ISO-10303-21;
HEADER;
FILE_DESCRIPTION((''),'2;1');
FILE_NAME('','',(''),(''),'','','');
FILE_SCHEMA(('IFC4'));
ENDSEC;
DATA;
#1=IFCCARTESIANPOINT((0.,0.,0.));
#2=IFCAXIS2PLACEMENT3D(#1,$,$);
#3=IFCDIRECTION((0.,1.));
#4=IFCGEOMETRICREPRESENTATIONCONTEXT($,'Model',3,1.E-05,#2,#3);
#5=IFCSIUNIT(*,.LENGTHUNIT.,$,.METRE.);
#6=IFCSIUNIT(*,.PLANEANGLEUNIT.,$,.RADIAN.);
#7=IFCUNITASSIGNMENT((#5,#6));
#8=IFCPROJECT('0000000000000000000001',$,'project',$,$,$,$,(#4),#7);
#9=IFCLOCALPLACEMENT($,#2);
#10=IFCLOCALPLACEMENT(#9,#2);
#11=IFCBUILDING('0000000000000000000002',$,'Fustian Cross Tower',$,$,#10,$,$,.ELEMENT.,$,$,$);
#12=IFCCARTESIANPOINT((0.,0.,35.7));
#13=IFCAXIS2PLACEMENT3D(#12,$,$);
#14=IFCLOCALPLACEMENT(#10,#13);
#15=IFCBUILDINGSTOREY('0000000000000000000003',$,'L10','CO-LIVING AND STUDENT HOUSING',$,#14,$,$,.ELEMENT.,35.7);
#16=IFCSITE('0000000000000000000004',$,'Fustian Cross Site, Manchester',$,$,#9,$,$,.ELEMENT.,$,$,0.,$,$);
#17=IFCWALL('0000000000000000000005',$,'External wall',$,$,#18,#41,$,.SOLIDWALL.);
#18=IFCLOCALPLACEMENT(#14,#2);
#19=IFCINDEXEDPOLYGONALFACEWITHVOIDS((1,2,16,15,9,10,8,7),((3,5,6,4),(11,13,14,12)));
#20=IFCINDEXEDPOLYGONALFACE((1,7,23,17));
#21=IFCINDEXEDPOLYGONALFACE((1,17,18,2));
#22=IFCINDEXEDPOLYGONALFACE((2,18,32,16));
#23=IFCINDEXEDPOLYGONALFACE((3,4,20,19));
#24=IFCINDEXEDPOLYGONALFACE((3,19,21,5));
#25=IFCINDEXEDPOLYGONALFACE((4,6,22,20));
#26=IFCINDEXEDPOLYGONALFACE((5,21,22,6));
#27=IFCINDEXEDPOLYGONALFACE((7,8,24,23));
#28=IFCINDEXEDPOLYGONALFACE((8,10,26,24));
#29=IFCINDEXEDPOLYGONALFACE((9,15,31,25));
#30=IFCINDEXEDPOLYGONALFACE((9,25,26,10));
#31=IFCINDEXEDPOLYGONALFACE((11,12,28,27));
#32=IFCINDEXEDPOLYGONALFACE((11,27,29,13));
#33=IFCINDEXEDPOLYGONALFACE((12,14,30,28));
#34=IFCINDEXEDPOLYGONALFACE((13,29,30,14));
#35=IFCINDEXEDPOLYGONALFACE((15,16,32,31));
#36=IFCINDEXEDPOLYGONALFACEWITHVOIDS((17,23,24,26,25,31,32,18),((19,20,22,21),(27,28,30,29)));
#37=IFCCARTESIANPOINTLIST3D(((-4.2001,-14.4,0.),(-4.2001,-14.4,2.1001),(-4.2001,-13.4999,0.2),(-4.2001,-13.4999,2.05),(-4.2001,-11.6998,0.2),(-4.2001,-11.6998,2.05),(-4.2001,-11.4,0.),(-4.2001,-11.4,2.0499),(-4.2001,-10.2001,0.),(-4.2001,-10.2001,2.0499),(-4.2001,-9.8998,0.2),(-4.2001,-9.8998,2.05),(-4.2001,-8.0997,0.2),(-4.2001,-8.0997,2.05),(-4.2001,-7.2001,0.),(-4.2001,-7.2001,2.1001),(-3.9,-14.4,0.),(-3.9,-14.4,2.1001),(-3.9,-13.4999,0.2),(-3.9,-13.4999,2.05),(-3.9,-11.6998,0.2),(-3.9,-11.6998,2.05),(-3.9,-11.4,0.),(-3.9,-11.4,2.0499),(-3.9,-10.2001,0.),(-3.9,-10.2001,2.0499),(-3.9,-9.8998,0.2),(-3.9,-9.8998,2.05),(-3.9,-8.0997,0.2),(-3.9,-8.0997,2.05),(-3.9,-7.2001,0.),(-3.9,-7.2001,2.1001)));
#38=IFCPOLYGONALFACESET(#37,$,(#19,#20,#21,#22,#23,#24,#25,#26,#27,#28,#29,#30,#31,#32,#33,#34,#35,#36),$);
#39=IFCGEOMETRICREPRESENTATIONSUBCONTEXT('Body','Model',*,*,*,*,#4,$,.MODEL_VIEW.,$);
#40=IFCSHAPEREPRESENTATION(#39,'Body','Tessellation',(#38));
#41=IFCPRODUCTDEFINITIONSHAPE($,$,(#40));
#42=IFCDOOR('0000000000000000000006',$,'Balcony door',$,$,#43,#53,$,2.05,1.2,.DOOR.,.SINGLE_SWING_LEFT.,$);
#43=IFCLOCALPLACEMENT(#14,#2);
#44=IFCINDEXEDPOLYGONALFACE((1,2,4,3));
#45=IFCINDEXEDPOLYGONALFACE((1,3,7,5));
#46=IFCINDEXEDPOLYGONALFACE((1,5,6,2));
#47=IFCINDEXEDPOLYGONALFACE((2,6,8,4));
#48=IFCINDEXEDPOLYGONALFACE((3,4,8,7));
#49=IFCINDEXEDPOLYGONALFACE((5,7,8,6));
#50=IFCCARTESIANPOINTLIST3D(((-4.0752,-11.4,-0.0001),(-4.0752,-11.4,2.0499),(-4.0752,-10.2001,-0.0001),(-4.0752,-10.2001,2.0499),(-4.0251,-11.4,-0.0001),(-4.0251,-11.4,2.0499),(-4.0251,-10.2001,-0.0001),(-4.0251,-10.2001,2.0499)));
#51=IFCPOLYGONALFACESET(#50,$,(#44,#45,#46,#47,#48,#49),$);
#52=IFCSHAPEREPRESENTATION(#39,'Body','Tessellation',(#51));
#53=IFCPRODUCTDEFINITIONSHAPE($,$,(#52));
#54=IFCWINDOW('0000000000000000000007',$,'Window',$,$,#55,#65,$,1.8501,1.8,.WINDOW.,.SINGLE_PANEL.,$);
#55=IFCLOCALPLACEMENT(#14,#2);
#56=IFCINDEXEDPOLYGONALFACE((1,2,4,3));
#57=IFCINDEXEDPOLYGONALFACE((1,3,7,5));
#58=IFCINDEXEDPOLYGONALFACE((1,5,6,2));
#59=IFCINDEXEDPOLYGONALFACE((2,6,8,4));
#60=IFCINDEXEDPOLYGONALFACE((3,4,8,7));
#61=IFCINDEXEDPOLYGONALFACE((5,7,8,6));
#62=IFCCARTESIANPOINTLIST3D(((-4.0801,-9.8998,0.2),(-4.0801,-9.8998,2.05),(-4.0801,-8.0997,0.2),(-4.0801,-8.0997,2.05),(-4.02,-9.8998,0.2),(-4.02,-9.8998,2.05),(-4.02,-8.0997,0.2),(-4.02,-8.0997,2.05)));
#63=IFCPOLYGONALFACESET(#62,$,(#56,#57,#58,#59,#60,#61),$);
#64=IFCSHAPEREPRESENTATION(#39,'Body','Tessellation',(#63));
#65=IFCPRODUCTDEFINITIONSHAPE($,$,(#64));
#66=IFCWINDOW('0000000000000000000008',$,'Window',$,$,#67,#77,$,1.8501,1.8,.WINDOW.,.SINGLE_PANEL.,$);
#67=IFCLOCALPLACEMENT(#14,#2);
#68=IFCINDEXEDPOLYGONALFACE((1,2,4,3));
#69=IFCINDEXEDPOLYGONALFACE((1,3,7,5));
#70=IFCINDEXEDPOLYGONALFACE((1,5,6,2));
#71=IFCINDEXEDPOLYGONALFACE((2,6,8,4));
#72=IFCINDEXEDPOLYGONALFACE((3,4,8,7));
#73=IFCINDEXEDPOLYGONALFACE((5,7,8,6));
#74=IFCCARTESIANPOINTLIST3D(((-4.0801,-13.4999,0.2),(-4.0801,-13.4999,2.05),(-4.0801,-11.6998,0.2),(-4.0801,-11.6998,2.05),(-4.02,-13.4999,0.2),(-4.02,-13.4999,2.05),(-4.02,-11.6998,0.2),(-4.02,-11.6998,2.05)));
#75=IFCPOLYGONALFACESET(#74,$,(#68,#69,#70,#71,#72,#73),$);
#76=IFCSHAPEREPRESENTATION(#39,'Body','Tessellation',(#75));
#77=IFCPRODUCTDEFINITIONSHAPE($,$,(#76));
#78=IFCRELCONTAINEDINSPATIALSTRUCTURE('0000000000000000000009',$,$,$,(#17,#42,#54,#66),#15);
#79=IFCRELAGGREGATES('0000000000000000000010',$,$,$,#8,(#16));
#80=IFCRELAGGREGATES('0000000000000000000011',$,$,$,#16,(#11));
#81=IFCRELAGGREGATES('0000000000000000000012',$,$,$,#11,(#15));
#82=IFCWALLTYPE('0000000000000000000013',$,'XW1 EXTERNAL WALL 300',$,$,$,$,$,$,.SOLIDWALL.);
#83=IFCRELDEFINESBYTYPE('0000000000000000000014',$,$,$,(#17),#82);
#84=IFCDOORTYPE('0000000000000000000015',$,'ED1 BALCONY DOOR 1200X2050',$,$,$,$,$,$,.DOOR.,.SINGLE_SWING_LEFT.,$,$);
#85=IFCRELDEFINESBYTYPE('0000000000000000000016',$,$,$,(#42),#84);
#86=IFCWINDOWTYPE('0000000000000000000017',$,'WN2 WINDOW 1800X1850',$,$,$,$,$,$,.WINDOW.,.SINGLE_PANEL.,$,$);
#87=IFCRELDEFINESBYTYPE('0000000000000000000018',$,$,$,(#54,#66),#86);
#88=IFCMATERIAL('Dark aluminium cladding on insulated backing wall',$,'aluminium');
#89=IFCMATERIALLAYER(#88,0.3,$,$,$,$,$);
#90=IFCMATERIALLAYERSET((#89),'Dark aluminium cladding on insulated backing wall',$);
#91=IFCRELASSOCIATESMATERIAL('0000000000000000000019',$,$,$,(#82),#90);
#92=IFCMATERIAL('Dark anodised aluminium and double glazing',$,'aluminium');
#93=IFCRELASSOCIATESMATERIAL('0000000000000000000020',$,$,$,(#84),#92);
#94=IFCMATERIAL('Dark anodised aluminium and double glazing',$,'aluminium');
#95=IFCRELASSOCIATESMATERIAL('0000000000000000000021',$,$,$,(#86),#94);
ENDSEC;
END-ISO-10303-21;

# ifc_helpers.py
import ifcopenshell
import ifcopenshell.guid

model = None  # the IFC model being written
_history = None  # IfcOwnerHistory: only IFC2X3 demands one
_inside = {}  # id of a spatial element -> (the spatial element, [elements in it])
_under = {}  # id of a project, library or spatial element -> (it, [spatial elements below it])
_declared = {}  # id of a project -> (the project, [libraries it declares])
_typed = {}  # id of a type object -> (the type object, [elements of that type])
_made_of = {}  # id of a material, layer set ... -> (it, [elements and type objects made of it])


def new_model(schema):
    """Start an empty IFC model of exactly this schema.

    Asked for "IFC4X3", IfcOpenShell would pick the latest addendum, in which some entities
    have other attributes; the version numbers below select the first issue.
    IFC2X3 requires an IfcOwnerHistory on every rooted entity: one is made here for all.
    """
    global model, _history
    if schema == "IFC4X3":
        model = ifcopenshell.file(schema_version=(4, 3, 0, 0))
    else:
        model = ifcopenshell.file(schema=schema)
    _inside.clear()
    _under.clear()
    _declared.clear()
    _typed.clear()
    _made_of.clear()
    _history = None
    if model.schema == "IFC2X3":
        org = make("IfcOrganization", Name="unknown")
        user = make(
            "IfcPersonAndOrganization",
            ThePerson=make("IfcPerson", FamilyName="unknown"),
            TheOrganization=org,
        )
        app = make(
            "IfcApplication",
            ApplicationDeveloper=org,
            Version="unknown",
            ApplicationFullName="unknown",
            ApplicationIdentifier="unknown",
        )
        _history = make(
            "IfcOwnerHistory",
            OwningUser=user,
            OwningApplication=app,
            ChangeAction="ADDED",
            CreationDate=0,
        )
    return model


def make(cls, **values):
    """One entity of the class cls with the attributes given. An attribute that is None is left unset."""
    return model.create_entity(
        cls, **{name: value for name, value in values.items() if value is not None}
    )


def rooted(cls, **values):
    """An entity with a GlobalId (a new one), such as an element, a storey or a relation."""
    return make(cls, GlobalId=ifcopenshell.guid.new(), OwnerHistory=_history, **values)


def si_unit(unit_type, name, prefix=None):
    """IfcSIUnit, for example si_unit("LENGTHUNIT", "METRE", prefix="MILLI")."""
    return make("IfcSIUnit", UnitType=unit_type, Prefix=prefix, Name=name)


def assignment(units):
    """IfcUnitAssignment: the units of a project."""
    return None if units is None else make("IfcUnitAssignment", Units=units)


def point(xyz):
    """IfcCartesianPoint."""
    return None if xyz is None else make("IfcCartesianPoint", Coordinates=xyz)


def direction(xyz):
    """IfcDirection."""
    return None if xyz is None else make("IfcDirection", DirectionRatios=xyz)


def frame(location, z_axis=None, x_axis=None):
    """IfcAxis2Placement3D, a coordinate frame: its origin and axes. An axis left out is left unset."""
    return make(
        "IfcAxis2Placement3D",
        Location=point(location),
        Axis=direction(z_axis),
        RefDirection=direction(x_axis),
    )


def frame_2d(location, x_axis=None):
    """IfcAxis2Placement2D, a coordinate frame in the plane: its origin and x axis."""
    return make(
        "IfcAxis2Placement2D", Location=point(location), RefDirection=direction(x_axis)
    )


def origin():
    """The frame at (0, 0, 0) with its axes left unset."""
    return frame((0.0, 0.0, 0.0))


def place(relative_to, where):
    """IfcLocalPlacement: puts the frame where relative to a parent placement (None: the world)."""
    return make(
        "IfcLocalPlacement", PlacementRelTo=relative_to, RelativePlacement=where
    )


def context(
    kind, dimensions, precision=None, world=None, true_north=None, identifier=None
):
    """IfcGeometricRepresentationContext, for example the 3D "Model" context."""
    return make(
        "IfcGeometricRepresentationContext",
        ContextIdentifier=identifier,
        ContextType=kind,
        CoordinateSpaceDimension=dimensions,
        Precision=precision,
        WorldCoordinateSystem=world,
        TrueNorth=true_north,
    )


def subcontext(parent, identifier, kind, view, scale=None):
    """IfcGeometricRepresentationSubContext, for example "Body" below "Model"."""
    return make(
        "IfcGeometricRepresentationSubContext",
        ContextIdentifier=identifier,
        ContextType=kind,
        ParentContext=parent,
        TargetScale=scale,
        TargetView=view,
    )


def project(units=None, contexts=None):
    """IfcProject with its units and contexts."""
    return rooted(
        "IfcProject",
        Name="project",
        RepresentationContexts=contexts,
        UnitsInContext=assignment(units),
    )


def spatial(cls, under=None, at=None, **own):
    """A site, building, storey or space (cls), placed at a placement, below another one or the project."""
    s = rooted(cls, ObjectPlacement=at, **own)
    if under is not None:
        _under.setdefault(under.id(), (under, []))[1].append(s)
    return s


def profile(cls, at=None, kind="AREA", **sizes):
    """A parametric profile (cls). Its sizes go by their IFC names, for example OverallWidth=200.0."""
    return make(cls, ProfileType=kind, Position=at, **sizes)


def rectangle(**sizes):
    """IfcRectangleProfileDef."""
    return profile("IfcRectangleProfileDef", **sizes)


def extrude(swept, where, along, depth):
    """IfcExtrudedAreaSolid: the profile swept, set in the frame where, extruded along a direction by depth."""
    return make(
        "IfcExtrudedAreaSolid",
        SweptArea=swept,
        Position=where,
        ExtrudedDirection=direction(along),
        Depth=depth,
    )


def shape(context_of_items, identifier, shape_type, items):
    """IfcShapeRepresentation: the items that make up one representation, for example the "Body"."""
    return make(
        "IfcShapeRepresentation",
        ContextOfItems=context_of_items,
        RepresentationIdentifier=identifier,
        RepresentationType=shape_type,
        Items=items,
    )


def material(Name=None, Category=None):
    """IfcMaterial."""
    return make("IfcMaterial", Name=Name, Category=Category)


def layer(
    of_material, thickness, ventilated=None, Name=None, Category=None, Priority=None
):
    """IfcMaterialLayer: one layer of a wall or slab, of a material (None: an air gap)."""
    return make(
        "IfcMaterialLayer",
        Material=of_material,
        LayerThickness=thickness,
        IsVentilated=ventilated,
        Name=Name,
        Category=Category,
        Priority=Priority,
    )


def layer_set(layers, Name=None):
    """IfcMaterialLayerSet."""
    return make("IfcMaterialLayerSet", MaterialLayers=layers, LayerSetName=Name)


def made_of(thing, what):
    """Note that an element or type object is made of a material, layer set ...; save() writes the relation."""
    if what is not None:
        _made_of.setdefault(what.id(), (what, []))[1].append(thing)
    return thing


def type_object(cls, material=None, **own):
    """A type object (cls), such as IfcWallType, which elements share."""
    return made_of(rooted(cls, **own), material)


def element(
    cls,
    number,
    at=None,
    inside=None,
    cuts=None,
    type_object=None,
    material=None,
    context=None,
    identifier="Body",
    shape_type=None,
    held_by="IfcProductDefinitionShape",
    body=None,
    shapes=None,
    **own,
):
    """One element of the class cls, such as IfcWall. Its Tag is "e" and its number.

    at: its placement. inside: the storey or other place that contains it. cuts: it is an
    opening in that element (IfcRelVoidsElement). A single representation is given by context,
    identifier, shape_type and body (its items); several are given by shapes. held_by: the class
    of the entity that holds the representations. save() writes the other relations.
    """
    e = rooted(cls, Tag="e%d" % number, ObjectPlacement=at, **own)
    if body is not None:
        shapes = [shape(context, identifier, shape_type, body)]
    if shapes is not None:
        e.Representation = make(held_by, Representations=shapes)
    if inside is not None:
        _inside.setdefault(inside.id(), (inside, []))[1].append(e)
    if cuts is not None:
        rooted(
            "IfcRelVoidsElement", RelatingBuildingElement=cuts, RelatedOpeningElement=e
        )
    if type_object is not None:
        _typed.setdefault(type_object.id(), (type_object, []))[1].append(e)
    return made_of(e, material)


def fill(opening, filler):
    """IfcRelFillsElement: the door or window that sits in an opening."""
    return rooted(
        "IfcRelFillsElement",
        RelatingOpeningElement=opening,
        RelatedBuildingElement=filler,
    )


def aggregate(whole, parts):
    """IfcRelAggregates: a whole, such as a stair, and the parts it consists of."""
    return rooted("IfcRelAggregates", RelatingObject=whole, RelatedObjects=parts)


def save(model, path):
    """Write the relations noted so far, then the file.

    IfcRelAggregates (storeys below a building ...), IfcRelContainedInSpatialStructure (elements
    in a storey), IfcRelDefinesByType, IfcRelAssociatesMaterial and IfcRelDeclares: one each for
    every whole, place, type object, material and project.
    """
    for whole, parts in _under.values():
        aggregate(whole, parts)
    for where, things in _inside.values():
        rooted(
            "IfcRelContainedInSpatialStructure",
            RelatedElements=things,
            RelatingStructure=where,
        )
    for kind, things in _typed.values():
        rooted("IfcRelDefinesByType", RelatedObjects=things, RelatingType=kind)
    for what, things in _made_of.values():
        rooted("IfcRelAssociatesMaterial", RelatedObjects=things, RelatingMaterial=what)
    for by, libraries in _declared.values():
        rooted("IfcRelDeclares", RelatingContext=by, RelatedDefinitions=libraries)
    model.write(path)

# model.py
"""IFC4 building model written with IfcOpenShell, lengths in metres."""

from ifc_helpers import new_model, si_unit, direction, frame, frame_2d, origin, place, context, subcontext, project, spatial, rectangle, extrude, material, layer, layer_set, type_object, element, fill, save


model = new_model("IFC4")

# Units and contexts
model_context = context("Model", 3, precision=1e-05, world=origin(), true_north=direction((0.0, 1.0)))
body_context = subcontext(model_context, "Body", "Model", "MODEL_VIEW")
ifc_project = project(units=[si_unit("LENGTHUNIT", "METRE"), si_unit("PLANEANGLEUNIT", "RADIAN")], contexts=[model_context])

# Site, building, storey
site_placement = place(None, origin())
site = spatial("IfcSite", under=ifc_project, at=site_placement, Name="Fustian Cross Site, Manchester", CompositionType="ELEMENT", RefElevation=0.0)
building_placement = place(site_placement, origin())
building = spatial("IfcBuilding", under=site, at=building_placement, Name="Fustian Cross Tower", CompositionType="ELEMENT")
storey_placement = place(building_placement, frame((0.0, 0.0, 35.7)))
storey = spatial("IfcBuildingStorey", under=building, at=storey_placement, Name="L10", Description="CO-LIVING AND STUDENT HOUSING", CompositionType="ELEMENT", Elevation=35.7)

# Shared definitions
ifc_material_1 = material(Name="Dark aluminium cladding on insulated backing wall", Category="aluminium")
ifc_layer_1 = layer(ifc_material_1, 0.3)
ifc_layer_set_1 = layer_set([ifc_layer_1], Name="Dark aluminium cladding on insulated backing wall")
wall_type_1 = type_object("IfcWallType", Name="XW1 EXTERNAL WALL 300", PredefinedType="SOLIDWALL", material=ifc_layer_set_1)

# Wall, openings, door, windows
wall_1_placement = place(storey_placement, frame((-4.05, -7.2, 0.0), z_axis=(0.0, 0.0, 1.0), x_axis=(0.0, -1.0, 0.0)))
wall_1 = element("IfcWall", 1, at=wall_1_placement, inside=storey, type_object=wall_type_1, Name="External wall", PredefinedType="SOLIDWALL", context=body_context, shape_type="SweptSolid", body=[
    extrude(rectangle(XDim=7.2, YDim=0.3, at=frame_2d((3.6001, 0.0))), origin(), (0.0, 0.0, 1.0), 2.1001),
])
opening_1_placement = place(wall_1_placement, frame((3.0, 0.0, 0.0)))
opening_1 = element("IfcOpeningElement", 2, at=opening_1_placement, cuts=wall_1, PredefinedType="OPENING", context=body_context, shape_type="SweptSolid", body=[
    extrude(rectangle(XDim=1.2, YDim=2.05, at=frame_2d((0.6001, 1.0249))), frame((0.0, 0.1599, 0.0), z_axis=(0.0, -1.0, 0.0), x_axis=(1.0, 0.0, 0.0)), (0.0, 0.0, 1.0), 0.3201),
])
opening_2_placement = place(wall_1_placement, frame((0.8999, 0.0, 0.2)))
opening_2 = element("IfcOpeningElement", 3, at=opening_2_placement, cuts=wall_1, PredefinedType="OPENING", context=body_context, shape_type="SweptSolid", body=[
    extrude(rectangle(XDim=1.8, YDim=1.8501, at=frame_2d((0.8999, 0.925))), frame((0.0, 0.1599, 0.0), z_axis=(0.0, -1.0, 0.0), x_axis=(1.0, 0.0, 0.0)), (0.0, 0.0, 1.0), 0.3201),
])
opening_3_placement = place(wall_1_placement, frame((4.5, 0.0, 0.2)))
opening_3 = element("IfcOpeningElement", 4, at=opening_3_placement, cuts=wall_1, PredefinedType="OPENING", context=body_context, shape_type="SweptSolid", body=[
    extrude(rectangle(XDim=1.8, YDim=1.8501, at=frame_2d((0.8999, 0.925))), frame((0.0, 0.1599, 0.0), z_axis=(0.0, -1.0, 0.0), x_axis=(1.0, 0.0, 0.0)), (0.0, 0.0, 1.0), 0.3201),
])
ifc_material_2 = material(Name="Dark anodised aluminium and double glazing", Category="aluminium")
door_type_1 = type_object("IfcDoorType", Name="ED1 BALCONY DOOR 1200X2050", OperationType="SINGLE_SWING_LEFT", PredefinedType="DOOR", material=ifc_material_2)
door_1_placement = place(opening_1_placement, origin())
door_1 = element("IfcDoor", 5, at=door_1_placement, inside=storey, type_object=door_type_1, Name="Balcony door", OperationType="SINGLE_SWING_LEFT", OverallHeight=2.05, OverallWidth=1.2, PredefinedType="DOOR", context=body_context, shape_type="SweptSolid", body=[
    extrude(rectangle(XDim=1.2, YDim=2.05, at=frame_2d((0.6001, 1.0249))), frame((0.0, 0.0249, 0.0), z_axis=(0.0, -1.0, 0.0), x_axis=(1.0, 0.0, 0.0)), (0.0, 0.0, 1.0), 0.05),
])
fill(opening_1, door_1)
ifc_material_3 = material(Name="Dark anodised aluminium and double glazing", Category="aluminium")
window_type = type_object("IfcWindowType", Name="WN2 WINDOW 1800X1850", PartitioningType="SINGLE_PANEL", PredefinedType="WINDOW", material=ifc_material_3)
window_1_placement = place(opening_2_placement, origin())
window_1 = element("IfcWindow", 6, at=window_1_placement, inside=storey, type_object=window_type, Name="Window", OverallHeight=1.8501, OverallWidth=1.8, PartitioningType="SINGLE_PANEL", PredefinedType="WINDOW", context=body_context, shape_type="SweptSolid", body=[
    extrude(rectangle(XDim=1.8, YDim=1.8501, at=frame_2d((0.8999, 0.925))), frame((0.0, 0.03, 0.0), z_axis=(0.0, -1.0, 0.0), x_axis=(1.0, 0.0, 0.0)), (0.0, 0.0, 1.0), 0.0601),
])
fill(opening_2, window_1)
window_2_placement = place(opening_3_placement, origin())
window_2 = element("IfcWindow", 7, at=window_2_placement, inside=storey, type_object=window_type, Name="Window", OverallHeight=1.8501, OverallWidth=1.8, PartitioningType="SINGLE_PANEL", PredefinedType="WINDOW", context=body_context, shape_type="SweptSolid", body=[
    extrude(rectangle(XDim=1.8, YDim=1.8501, at=frame_2d((0.8999, 0.925))), frame((0.0, 0.03, 0.0), z_axis=(0.0, -1.0, 0.0), x_axis=(1.0, 0.0, 0.0)), (0.0, 0.0, 1.0), 0.0601),
])
fill(opening_3, window_2)

save(model, "model.ifc")
